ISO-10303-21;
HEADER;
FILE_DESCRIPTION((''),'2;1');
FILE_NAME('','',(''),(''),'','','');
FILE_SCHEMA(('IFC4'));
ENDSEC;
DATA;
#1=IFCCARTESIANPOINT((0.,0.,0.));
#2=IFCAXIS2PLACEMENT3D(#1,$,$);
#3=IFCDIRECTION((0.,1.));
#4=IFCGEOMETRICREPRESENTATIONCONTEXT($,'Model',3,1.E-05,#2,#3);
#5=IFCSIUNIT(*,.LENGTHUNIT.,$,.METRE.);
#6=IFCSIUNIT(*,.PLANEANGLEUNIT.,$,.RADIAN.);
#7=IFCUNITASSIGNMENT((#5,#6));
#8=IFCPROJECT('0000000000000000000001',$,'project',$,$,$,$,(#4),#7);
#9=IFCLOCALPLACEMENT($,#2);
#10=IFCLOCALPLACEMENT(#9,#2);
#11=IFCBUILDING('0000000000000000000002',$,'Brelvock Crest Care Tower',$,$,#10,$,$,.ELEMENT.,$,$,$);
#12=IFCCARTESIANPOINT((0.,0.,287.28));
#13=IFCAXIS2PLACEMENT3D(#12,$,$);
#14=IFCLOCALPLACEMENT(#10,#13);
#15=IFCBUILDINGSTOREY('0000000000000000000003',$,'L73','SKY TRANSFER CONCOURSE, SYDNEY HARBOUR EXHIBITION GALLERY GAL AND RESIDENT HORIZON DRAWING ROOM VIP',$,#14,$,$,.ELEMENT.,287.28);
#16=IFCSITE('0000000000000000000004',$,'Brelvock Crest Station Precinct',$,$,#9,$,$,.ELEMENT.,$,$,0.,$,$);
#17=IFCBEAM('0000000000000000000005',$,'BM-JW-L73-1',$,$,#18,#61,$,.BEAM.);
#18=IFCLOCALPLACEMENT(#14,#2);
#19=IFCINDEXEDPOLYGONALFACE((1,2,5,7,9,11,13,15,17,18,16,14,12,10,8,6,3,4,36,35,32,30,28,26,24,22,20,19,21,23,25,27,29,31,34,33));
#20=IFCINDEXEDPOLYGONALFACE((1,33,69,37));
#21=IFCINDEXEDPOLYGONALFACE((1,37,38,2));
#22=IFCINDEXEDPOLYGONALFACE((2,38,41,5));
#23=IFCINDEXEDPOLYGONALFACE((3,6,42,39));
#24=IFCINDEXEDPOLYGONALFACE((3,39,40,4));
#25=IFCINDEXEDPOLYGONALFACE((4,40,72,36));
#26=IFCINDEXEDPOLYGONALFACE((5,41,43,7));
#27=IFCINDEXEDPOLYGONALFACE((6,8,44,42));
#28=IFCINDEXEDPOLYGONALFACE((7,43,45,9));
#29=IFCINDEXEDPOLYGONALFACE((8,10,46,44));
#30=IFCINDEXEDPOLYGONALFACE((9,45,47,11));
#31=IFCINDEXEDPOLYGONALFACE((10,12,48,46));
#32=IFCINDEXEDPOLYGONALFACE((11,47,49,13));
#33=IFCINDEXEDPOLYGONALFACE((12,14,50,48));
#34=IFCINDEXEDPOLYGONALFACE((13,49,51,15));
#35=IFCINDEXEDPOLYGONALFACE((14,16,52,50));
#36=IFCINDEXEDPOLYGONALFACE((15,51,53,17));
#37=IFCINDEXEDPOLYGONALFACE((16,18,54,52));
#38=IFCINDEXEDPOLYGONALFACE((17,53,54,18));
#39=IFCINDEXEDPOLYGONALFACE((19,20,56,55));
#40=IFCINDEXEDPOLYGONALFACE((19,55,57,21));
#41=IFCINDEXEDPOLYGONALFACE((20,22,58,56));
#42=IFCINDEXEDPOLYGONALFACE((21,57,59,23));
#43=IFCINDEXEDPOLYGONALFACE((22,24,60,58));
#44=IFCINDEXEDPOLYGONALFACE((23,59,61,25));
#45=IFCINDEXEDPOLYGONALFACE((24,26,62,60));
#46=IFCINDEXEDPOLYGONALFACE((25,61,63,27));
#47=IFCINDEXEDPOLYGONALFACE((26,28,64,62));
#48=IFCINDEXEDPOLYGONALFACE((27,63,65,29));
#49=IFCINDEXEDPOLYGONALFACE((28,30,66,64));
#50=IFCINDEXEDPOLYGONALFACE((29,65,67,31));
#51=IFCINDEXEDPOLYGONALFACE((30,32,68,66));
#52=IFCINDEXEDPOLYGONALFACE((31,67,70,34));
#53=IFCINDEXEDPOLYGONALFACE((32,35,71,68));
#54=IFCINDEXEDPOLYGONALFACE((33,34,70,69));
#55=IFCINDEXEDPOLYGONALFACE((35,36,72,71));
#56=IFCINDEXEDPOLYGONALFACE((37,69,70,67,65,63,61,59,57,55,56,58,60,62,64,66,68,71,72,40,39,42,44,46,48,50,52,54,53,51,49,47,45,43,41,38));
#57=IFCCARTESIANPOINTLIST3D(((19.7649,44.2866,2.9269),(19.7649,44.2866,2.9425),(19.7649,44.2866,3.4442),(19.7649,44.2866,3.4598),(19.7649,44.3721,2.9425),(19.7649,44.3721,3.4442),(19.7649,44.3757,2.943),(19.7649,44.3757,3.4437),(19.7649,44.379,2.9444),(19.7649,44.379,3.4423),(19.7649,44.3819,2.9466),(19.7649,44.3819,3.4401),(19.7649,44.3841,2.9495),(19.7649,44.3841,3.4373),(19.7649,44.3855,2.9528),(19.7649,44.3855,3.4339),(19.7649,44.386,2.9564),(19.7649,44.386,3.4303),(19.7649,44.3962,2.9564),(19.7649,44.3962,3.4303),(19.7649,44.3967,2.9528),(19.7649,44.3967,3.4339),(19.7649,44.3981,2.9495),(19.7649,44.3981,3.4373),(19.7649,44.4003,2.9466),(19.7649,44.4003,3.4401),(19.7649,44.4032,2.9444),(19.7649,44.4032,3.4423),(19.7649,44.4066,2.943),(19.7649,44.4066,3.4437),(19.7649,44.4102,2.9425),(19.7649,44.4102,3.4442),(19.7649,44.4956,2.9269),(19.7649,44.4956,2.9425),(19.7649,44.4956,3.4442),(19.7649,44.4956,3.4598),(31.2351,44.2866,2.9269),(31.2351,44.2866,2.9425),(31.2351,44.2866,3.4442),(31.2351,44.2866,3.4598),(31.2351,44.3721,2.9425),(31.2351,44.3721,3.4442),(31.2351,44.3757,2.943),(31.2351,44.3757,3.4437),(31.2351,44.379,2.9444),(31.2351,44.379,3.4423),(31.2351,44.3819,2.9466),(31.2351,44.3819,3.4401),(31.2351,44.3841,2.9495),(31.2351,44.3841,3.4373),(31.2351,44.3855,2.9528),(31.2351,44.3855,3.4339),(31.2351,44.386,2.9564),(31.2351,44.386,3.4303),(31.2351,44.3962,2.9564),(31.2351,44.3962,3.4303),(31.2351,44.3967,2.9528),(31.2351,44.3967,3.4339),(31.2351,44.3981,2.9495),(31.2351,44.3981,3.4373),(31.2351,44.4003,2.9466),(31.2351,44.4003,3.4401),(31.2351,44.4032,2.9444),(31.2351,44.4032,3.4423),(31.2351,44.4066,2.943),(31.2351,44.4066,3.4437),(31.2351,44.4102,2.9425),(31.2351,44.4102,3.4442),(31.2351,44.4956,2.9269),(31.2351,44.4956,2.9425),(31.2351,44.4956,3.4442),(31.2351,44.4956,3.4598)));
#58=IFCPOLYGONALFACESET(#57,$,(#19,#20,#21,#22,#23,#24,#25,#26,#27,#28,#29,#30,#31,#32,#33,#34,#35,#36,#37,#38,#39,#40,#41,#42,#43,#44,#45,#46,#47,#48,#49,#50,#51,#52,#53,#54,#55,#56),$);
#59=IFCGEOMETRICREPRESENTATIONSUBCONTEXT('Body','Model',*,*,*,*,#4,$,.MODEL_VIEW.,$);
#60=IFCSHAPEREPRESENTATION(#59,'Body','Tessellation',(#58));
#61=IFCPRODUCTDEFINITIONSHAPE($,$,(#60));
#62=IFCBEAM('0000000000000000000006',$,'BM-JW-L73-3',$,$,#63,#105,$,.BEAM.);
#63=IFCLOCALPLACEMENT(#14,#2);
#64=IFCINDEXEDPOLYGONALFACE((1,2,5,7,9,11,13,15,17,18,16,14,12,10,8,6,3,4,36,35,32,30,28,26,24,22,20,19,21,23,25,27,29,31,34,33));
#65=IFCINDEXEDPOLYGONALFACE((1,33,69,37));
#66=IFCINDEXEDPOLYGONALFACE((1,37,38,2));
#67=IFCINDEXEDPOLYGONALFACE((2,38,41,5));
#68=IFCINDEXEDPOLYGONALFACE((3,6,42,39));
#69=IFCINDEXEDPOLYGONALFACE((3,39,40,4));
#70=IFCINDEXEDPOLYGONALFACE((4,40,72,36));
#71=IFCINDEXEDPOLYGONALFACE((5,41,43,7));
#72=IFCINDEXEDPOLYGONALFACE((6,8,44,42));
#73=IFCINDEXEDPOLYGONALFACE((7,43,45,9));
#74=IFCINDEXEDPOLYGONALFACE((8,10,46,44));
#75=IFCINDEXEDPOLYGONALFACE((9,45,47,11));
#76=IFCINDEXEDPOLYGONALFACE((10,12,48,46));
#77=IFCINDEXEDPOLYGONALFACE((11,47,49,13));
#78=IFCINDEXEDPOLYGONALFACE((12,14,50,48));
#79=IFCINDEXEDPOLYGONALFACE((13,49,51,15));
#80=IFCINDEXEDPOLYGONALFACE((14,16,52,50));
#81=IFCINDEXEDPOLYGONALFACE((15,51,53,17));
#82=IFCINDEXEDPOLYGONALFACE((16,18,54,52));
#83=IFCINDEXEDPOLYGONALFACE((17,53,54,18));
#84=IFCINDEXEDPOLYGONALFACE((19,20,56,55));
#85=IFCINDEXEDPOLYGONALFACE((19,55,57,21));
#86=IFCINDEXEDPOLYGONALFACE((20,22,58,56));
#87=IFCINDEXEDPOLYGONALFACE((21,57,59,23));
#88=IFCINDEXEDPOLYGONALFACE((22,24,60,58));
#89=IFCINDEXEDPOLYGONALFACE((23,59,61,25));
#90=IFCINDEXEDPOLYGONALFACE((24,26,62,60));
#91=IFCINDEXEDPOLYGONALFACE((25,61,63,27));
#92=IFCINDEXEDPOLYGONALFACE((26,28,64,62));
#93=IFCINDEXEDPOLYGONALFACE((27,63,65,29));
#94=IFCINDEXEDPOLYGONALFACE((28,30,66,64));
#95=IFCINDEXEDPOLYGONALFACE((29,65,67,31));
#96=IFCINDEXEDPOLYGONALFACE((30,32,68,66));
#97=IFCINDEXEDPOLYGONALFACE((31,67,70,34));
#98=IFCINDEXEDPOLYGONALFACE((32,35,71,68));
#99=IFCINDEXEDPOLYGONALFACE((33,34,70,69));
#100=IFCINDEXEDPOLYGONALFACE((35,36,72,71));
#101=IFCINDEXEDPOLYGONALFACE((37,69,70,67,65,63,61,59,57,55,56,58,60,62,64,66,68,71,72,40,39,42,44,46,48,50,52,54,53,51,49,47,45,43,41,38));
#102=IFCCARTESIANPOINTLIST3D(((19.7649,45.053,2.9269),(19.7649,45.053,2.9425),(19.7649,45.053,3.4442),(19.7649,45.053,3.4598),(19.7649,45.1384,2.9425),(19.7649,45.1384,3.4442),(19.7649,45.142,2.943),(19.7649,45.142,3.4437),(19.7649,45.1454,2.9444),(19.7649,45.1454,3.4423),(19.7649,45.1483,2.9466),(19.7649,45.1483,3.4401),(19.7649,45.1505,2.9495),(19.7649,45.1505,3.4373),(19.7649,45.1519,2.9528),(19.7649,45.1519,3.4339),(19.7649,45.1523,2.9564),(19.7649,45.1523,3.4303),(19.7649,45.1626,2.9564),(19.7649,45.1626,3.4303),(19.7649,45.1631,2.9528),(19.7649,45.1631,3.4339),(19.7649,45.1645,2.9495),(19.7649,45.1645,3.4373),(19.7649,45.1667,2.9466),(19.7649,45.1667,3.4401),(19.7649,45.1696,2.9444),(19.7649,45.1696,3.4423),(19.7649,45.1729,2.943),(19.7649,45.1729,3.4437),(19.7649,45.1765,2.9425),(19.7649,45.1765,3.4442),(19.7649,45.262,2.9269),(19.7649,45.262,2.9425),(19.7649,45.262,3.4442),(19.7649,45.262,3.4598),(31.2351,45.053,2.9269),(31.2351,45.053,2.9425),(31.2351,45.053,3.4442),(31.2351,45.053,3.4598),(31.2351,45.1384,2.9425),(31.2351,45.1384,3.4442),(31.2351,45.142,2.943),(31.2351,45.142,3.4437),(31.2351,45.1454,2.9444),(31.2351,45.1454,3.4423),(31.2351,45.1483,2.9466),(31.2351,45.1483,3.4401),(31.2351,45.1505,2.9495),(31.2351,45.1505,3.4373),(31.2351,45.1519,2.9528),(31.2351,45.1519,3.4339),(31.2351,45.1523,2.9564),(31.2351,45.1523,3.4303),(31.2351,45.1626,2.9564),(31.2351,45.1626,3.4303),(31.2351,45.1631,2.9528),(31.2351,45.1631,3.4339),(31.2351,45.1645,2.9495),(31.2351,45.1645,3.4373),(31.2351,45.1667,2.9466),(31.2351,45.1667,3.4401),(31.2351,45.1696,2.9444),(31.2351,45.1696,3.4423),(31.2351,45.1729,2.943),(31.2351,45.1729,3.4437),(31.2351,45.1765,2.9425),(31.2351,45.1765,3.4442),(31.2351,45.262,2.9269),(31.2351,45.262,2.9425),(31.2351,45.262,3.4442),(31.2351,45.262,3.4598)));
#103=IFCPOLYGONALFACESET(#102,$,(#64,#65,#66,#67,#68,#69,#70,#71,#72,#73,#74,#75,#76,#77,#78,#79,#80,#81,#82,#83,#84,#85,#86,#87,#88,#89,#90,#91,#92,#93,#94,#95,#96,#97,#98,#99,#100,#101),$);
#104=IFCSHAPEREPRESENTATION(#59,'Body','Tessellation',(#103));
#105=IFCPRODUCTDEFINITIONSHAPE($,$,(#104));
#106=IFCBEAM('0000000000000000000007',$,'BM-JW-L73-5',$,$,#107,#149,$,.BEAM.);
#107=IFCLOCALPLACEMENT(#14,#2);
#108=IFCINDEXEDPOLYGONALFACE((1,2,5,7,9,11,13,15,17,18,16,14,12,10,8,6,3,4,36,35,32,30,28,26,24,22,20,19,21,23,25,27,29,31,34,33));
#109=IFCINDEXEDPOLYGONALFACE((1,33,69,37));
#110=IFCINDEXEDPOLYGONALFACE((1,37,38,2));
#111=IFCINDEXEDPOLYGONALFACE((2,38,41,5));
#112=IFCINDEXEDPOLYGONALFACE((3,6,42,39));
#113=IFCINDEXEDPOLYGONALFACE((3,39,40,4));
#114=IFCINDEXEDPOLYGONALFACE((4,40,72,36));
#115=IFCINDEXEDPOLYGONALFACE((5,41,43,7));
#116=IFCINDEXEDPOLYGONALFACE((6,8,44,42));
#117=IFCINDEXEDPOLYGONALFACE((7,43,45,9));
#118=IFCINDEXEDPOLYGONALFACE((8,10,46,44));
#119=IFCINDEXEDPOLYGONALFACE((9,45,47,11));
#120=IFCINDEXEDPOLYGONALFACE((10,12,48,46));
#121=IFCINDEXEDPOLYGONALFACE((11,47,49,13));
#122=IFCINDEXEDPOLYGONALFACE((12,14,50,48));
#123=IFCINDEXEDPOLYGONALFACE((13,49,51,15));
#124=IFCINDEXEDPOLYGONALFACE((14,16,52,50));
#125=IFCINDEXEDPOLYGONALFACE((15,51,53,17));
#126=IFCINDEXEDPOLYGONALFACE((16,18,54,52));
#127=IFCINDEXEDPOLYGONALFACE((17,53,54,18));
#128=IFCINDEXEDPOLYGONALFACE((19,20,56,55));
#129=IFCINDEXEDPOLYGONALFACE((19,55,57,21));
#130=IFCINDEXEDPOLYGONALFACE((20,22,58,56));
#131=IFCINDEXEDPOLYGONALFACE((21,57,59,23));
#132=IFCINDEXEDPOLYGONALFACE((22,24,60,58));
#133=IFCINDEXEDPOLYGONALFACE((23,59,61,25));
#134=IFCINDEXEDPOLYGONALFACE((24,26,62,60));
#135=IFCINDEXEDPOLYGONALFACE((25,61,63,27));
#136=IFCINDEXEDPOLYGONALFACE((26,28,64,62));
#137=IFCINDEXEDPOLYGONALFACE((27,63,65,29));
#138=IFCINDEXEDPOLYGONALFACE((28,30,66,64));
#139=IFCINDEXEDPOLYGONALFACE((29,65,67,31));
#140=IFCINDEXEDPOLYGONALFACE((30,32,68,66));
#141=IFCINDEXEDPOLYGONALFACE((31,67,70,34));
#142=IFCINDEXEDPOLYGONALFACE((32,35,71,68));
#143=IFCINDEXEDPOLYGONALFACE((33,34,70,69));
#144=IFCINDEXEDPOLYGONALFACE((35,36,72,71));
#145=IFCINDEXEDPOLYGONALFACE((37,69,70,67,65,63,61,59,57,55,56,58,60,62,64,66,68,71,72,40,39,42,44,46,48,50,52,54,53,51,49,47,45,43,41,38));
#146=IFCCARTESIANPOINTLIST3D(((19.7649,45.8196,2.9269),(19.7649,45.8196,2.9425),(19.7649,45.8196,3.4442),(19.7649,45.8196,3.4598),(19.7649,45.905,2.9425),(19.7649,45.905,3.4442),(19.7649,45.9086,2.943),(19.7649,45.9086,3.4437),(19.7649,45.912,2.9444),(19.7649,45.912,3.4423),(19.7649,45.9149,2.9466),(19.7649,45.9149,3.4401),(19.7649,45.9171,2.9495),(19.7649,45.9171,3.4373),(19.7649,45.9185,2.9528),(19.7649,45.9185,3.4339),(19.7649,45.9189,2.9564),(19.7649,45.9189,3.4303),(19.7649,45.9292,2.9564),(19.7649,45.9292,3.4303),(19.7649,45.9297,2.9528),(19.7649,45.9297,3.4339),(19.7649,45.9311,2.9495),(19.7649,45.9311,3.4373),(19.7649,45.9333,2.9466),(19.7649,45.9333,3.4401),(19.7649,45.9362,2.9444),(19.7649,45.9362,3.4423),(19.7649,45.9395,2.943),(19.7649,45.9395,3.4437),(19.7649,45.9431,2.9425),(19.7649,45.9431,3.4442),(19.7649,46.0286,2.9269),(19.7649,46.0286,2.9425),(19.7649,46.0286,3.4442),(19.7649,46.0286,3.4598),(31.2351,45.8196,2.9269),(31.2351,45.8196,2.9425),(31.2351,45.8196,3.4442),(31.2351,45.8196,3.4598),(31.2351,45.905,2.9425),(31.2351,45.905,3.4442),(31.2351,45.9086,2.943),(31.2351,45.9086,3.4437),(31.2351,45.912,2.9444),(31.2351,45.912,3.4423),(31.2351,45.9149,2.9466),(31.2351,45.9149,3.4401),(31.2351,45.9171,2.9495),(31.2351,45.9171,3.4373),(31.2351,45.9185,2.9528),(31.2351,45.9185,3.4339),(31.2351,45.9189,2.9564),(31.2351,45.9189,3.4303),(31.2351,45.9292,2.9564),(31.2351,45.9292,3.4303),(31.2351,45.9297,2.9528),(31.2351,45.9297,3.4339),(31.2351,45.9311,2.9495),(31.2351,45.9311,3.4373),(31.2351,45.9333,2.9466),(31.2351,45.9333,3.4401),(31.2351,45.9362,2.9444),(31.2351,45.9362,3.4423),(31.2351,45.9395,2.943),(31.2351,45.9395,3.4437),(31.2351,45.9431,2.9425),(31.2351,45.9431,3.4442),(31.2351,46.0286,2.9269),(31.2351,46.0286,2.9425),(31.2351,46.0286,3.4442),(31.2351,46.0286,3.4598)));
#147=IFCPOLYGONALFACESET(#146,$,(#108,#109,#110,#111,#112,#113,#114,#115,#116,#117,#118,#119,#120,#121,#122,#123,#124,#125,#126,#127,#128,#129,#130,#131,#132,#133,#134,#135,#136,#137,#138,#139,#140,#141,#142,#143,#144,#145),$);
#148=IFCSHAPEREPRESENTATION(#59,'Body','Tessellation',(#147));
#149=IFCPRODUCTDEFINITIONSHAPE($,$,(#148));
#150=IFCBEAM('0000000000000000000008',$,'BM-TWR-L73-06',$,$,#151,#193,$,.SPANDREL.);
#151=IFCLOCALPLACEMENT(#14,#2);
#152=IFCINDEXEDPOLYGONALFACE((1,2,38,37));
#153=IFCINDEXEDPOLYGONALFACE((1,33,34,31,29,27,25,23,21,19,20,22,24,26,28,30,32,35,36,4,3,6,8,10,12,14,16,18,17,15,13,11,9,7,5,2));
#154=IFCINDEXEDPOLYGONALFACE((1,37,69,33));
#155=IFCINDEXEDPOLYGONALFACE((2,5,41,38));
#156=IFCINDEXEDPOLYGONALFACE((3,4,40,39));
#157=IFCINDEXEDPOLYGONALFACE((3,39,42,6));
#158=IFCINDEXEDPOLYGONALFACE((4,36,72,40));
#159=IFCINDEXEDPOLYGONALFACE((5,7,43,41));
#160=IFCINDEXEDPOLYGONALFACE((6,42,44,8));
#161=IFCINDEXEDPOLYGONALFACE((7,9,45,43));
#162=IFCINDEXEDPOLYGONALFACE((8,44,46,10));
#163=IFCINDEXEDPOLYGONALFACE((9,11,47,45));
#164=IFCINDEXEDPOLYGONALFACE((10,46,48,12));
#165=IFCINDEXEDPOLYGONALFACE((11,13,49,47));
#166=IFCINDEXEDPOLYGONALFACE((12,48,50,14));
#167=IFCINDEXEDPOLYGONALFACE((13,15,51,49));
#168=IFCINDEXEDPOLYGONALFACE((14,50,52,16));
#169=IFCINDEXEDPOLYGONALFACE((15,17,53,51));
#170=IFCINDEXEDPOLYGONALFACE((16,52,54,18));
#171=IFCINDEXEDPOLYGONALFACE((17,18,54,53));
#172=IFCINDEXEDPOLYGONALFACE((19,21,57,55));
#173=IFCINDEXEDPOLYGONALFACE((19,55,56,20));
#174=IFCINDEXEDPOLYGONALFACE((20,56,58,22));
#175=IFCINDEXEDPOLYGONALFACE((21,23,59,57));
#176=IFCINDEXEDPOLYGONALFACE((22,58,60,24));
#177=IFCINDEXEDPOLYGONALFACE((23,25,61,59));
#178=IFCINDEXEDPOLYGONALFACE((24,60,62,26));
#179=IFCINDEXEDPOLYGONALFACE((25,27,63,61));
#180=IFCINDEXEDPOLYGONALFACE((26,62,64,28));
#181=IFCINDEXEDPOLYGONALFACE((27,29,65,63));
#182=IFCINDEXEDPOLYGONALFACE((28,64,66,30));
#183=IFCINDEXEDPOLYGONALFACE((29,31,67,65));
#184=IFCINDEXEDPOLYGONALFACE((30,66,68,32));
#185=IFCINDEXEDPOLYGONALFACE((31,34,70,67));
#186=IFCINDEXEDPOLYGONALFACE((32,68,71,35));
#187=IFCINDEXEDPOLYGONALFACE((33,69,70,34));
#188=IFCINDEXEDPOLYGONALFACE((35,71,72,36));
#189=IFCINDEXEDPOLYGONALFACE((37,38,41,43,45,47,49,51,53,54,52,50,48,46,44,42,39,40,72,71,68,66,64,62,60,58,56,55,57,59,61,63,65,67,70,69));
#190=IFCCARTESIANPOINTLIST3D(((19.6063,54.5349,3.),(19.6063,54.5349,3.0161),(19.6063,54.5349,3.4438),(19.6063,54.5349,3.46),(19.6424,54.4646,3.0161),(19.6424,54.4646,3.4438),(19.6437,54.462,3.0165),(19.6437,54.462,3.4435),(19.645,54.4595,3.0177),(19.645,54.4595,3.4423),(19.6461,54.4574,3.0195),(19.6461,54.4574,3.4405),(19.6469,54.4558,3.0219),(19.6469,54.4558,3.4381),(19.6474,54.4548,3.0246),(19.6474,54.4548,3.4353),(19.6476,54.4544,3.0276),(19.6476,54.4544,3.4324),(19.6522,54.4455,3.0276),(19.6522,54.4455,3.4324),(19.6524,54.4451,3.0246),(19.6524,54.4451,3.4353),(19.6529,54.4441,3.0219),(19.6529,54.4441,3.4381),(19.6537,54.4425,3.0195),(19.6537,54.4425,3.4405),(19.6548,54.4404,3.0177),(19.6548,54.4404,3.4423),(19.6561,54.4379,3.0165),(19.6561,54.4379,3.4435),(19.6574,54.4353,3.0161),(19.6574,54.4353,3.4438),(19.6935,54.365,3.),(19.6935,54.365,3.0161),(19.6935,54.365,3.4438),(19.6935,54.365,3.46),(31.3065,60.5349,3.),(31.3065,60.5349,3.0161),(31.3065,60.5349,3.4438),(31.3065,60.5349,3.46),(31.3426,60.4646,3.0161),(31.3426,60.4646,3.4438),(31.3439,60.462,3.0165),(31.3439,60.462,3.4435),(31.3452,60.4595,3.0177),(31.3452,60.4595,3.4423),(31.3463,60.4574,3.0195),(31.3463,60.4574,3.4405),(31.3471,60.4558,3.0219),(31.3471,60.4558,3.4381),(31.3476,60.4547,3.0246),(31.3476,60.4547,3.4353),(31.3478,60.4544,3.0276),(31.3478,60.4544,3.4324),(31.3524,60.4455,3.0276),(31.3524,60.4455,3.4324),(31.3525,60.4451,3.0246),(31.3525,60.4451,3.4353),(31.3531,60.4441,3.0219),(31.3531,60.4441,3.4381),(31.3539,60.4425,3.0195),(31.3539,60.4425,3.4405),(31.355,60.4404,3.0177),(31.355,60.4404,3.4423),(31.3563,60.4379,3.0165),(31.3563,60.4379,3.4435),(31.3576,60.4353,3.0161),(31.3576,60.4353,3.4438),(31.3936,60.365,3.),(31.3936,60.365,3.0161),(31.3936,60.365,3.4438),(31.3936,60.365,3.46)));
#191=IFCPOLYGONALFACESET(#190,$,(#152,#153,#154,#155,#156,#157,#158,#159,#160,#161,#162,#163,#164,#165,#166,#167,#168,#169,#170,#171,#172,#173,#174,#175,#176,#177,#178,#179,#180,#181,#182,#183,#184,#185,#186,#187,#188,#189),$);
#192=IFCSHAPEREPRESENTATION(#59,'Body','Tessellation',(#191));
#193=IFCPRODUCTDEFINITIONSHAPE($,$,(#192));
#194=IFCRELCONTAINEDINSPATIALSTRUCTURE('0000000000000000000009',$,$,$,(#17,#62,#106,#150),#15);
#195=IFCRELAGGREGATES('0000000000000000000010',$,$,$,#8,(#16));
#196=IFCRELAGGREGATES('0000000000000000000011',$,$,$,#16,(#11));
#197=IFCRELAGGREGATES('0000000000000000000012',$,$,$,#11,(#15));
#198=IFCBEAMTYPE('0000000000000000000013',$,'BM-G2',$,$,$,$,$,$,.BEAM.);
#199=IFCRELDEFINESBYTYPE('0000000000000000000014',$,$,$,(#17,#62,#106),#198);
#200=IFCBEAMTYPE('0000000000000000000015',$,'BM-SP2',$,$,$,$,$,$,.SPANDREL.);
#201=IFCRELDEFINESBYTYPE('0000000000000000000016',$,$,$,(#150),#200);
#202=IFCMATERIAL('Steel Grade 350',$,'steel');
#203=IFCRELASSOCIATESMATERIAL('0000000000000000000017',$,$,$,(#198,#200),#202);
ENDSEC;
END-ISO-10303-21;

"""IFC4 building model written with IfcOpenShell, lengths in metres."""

from ifc_helpers import new_model, si_unit, direction, frame, origin, origin_2d, place, context, subcontext, project, spatial, i_section, extrude, source, transform, mapped, material, material_profile, profile_set, type_object, element, save


model = new_model("IFC4")

# Units and contexts
model_context = context("Model", 3, precision=1e-05, world=origin(), true_north=direction((0.0, 1.0)))
body_context = subcontext(model_context, "Body", "Model", "MODEL_VIEW")
ifc_project = project(units=[si_unit("LENGTHUNIT", "METRE"), si_unit("PLANEANGLEUNIT", "RADIAN")], contexts=[model_context])

# Site, building, storey
site_placement = place(None, origin())
site = spatial("IfcSite", under=ifc_project, at=site_placement, Name="Brelvock Crest Station Precinct", CompositionType="ELEMENT", RefElevation=0.0)
building_placement = place(site_placement, origin())
building = spatial("IfcBuilding", under=site, at=building_placement, Name="Brelvock Crest Care Tower", CompositionType="ELEMENT")
storey_placement = place(building_placement, frame((0.0, 0.0, 287.28)))
storey = spatial("IfcBuildingStorey", under=building, at=storey_placement, Name="L73", Description="SKY TRANSFER CONCOURSE, SYDNEY HARBOUR EXHIBITION GALLERY GAL AND RESIDENT HORIZON DRAWING ROOM VIP", CompositionType="ELEMENT", Elevation=287.28)

# Shared definitions
ifc_material_1 = material(Name="Steel Grade 350", Category="steel")

# Beams
ifc_material_profile_1 = material_profile(ifc_material_1, i_section(OverallWidth=0.209, OverallDepth=0.533, WebThickness=0.0103, FlangeThickness=0.0156, FilletRadius=0.0139, at=origin_2d()), Name="530UB92.4")
ifc_profile_set_1 = profile_set([ifc_material_profile_1], Name="Steel Grade 350")
beam_type_1 = type_object("IfcBeamType", Name="BM-G2", PredefinedType="BEAM", material=ifc_profile_set_1)
shared_shape_1 = source(origin(), body_context, "Body", "SweptSolid", [
    extrude(i_section(OverallWidth=0.209, OverallDepth=0.533, WebThickness=0.0103, FlangeThickness=0.0156, FilletRadius=0.0139, at=origin_2d()), origin(), (0.0, 0.0, 1.0), 11.4702),
])
for number, where, z_axis, x_axis, name in (
    (1, (19.7649, 44.3911, 3.1934), (1.0, 0.0, 0.0), (0.0, 1.0, 0.0), "BM-JW-L73-1"),
    (2, (19.7649, 45.1575, 3.1934), (1.0, 0.0, 0.0), (0.0, 1.0, 0.0), "BM-JW-L73-3"),
    (3, (19.7649, 45.9241, 3.1934), (1.0, 0.0, 0.0), (0.0, 1.0, 0.0), "BM-JW-L73-5"),
):
    element("IfcBeam", number, at=place(storey_placement, frame(where, z_axis=z_axis, x_axis=x_axis)), inside=storey, type_object=beam_type_1, Name=name, PredefinedType="BEAM", context=body_context, shape_type="MappedRepresentation", body=[
        mapped(shared_shape_1, transform((0.0, 0.0, 0.0), x_axis=(1.0, 0.0, 0.0), y_axis=(0.0, 1.0, 0.0), z_axis=(0.0, 0.0, 1.0), scale=1.0)),
    ])
ifc_material_profile_2 = material_profile(ifc_material_1, i_section(OverallWidth=0.1909, OverallDepth=0.46, WebThickness=0.01, FlangeThickness=0.0161, FilletRadius=0.0115, at=origin_2d()), Name="460UB82.1")
ifc_profile_set_2 = profile_set([ifc_material_profile_2], Name="Steel Grade 350")
beam_type_2 = type_object("IfcBeamType", Name="BM-SP2", PredefinedType="SPANDREL", material=ifc_profile_set_2)
shared_shape_2 = source(origin(), body_context, "Body", "SweptSolid", [
    extrude(i_section(OverallWidth=0.1909, OverallDepth=0.46, WebThickness=0.01, FlangeThickness=0.0161, FilletRadius=0.0115, at=origin_2d()), origin(), (0.0, 0.0, 1.0), 13.1489),
])
beam_1_placement = place(storey_placement, frame((19.6499, 54.45, 3.23), z_axis=(0.889821, 0.456311, 0.0), x_axis=(-0.456311, 0.889821, 0.0)))
element("IfcBeam", 4, at=beam_1_placement, inside=storey, type_object=beam_type_2, Name="BM-TWR-L73-06", PredefinedType="SPANDREL", context=body_context, shape_type="MappedRepresentation", body=[
    mapped(shared_shape_2, transform((0.0, 0.0, 0.0), x_axis=(1.0, 0.0, 0.0), y_axis=(0.0, 1.0, 0.0), z_axis=(0.0, 0.0, 1.0), scale=1.0)),
])

save(model, "model.ifc")
